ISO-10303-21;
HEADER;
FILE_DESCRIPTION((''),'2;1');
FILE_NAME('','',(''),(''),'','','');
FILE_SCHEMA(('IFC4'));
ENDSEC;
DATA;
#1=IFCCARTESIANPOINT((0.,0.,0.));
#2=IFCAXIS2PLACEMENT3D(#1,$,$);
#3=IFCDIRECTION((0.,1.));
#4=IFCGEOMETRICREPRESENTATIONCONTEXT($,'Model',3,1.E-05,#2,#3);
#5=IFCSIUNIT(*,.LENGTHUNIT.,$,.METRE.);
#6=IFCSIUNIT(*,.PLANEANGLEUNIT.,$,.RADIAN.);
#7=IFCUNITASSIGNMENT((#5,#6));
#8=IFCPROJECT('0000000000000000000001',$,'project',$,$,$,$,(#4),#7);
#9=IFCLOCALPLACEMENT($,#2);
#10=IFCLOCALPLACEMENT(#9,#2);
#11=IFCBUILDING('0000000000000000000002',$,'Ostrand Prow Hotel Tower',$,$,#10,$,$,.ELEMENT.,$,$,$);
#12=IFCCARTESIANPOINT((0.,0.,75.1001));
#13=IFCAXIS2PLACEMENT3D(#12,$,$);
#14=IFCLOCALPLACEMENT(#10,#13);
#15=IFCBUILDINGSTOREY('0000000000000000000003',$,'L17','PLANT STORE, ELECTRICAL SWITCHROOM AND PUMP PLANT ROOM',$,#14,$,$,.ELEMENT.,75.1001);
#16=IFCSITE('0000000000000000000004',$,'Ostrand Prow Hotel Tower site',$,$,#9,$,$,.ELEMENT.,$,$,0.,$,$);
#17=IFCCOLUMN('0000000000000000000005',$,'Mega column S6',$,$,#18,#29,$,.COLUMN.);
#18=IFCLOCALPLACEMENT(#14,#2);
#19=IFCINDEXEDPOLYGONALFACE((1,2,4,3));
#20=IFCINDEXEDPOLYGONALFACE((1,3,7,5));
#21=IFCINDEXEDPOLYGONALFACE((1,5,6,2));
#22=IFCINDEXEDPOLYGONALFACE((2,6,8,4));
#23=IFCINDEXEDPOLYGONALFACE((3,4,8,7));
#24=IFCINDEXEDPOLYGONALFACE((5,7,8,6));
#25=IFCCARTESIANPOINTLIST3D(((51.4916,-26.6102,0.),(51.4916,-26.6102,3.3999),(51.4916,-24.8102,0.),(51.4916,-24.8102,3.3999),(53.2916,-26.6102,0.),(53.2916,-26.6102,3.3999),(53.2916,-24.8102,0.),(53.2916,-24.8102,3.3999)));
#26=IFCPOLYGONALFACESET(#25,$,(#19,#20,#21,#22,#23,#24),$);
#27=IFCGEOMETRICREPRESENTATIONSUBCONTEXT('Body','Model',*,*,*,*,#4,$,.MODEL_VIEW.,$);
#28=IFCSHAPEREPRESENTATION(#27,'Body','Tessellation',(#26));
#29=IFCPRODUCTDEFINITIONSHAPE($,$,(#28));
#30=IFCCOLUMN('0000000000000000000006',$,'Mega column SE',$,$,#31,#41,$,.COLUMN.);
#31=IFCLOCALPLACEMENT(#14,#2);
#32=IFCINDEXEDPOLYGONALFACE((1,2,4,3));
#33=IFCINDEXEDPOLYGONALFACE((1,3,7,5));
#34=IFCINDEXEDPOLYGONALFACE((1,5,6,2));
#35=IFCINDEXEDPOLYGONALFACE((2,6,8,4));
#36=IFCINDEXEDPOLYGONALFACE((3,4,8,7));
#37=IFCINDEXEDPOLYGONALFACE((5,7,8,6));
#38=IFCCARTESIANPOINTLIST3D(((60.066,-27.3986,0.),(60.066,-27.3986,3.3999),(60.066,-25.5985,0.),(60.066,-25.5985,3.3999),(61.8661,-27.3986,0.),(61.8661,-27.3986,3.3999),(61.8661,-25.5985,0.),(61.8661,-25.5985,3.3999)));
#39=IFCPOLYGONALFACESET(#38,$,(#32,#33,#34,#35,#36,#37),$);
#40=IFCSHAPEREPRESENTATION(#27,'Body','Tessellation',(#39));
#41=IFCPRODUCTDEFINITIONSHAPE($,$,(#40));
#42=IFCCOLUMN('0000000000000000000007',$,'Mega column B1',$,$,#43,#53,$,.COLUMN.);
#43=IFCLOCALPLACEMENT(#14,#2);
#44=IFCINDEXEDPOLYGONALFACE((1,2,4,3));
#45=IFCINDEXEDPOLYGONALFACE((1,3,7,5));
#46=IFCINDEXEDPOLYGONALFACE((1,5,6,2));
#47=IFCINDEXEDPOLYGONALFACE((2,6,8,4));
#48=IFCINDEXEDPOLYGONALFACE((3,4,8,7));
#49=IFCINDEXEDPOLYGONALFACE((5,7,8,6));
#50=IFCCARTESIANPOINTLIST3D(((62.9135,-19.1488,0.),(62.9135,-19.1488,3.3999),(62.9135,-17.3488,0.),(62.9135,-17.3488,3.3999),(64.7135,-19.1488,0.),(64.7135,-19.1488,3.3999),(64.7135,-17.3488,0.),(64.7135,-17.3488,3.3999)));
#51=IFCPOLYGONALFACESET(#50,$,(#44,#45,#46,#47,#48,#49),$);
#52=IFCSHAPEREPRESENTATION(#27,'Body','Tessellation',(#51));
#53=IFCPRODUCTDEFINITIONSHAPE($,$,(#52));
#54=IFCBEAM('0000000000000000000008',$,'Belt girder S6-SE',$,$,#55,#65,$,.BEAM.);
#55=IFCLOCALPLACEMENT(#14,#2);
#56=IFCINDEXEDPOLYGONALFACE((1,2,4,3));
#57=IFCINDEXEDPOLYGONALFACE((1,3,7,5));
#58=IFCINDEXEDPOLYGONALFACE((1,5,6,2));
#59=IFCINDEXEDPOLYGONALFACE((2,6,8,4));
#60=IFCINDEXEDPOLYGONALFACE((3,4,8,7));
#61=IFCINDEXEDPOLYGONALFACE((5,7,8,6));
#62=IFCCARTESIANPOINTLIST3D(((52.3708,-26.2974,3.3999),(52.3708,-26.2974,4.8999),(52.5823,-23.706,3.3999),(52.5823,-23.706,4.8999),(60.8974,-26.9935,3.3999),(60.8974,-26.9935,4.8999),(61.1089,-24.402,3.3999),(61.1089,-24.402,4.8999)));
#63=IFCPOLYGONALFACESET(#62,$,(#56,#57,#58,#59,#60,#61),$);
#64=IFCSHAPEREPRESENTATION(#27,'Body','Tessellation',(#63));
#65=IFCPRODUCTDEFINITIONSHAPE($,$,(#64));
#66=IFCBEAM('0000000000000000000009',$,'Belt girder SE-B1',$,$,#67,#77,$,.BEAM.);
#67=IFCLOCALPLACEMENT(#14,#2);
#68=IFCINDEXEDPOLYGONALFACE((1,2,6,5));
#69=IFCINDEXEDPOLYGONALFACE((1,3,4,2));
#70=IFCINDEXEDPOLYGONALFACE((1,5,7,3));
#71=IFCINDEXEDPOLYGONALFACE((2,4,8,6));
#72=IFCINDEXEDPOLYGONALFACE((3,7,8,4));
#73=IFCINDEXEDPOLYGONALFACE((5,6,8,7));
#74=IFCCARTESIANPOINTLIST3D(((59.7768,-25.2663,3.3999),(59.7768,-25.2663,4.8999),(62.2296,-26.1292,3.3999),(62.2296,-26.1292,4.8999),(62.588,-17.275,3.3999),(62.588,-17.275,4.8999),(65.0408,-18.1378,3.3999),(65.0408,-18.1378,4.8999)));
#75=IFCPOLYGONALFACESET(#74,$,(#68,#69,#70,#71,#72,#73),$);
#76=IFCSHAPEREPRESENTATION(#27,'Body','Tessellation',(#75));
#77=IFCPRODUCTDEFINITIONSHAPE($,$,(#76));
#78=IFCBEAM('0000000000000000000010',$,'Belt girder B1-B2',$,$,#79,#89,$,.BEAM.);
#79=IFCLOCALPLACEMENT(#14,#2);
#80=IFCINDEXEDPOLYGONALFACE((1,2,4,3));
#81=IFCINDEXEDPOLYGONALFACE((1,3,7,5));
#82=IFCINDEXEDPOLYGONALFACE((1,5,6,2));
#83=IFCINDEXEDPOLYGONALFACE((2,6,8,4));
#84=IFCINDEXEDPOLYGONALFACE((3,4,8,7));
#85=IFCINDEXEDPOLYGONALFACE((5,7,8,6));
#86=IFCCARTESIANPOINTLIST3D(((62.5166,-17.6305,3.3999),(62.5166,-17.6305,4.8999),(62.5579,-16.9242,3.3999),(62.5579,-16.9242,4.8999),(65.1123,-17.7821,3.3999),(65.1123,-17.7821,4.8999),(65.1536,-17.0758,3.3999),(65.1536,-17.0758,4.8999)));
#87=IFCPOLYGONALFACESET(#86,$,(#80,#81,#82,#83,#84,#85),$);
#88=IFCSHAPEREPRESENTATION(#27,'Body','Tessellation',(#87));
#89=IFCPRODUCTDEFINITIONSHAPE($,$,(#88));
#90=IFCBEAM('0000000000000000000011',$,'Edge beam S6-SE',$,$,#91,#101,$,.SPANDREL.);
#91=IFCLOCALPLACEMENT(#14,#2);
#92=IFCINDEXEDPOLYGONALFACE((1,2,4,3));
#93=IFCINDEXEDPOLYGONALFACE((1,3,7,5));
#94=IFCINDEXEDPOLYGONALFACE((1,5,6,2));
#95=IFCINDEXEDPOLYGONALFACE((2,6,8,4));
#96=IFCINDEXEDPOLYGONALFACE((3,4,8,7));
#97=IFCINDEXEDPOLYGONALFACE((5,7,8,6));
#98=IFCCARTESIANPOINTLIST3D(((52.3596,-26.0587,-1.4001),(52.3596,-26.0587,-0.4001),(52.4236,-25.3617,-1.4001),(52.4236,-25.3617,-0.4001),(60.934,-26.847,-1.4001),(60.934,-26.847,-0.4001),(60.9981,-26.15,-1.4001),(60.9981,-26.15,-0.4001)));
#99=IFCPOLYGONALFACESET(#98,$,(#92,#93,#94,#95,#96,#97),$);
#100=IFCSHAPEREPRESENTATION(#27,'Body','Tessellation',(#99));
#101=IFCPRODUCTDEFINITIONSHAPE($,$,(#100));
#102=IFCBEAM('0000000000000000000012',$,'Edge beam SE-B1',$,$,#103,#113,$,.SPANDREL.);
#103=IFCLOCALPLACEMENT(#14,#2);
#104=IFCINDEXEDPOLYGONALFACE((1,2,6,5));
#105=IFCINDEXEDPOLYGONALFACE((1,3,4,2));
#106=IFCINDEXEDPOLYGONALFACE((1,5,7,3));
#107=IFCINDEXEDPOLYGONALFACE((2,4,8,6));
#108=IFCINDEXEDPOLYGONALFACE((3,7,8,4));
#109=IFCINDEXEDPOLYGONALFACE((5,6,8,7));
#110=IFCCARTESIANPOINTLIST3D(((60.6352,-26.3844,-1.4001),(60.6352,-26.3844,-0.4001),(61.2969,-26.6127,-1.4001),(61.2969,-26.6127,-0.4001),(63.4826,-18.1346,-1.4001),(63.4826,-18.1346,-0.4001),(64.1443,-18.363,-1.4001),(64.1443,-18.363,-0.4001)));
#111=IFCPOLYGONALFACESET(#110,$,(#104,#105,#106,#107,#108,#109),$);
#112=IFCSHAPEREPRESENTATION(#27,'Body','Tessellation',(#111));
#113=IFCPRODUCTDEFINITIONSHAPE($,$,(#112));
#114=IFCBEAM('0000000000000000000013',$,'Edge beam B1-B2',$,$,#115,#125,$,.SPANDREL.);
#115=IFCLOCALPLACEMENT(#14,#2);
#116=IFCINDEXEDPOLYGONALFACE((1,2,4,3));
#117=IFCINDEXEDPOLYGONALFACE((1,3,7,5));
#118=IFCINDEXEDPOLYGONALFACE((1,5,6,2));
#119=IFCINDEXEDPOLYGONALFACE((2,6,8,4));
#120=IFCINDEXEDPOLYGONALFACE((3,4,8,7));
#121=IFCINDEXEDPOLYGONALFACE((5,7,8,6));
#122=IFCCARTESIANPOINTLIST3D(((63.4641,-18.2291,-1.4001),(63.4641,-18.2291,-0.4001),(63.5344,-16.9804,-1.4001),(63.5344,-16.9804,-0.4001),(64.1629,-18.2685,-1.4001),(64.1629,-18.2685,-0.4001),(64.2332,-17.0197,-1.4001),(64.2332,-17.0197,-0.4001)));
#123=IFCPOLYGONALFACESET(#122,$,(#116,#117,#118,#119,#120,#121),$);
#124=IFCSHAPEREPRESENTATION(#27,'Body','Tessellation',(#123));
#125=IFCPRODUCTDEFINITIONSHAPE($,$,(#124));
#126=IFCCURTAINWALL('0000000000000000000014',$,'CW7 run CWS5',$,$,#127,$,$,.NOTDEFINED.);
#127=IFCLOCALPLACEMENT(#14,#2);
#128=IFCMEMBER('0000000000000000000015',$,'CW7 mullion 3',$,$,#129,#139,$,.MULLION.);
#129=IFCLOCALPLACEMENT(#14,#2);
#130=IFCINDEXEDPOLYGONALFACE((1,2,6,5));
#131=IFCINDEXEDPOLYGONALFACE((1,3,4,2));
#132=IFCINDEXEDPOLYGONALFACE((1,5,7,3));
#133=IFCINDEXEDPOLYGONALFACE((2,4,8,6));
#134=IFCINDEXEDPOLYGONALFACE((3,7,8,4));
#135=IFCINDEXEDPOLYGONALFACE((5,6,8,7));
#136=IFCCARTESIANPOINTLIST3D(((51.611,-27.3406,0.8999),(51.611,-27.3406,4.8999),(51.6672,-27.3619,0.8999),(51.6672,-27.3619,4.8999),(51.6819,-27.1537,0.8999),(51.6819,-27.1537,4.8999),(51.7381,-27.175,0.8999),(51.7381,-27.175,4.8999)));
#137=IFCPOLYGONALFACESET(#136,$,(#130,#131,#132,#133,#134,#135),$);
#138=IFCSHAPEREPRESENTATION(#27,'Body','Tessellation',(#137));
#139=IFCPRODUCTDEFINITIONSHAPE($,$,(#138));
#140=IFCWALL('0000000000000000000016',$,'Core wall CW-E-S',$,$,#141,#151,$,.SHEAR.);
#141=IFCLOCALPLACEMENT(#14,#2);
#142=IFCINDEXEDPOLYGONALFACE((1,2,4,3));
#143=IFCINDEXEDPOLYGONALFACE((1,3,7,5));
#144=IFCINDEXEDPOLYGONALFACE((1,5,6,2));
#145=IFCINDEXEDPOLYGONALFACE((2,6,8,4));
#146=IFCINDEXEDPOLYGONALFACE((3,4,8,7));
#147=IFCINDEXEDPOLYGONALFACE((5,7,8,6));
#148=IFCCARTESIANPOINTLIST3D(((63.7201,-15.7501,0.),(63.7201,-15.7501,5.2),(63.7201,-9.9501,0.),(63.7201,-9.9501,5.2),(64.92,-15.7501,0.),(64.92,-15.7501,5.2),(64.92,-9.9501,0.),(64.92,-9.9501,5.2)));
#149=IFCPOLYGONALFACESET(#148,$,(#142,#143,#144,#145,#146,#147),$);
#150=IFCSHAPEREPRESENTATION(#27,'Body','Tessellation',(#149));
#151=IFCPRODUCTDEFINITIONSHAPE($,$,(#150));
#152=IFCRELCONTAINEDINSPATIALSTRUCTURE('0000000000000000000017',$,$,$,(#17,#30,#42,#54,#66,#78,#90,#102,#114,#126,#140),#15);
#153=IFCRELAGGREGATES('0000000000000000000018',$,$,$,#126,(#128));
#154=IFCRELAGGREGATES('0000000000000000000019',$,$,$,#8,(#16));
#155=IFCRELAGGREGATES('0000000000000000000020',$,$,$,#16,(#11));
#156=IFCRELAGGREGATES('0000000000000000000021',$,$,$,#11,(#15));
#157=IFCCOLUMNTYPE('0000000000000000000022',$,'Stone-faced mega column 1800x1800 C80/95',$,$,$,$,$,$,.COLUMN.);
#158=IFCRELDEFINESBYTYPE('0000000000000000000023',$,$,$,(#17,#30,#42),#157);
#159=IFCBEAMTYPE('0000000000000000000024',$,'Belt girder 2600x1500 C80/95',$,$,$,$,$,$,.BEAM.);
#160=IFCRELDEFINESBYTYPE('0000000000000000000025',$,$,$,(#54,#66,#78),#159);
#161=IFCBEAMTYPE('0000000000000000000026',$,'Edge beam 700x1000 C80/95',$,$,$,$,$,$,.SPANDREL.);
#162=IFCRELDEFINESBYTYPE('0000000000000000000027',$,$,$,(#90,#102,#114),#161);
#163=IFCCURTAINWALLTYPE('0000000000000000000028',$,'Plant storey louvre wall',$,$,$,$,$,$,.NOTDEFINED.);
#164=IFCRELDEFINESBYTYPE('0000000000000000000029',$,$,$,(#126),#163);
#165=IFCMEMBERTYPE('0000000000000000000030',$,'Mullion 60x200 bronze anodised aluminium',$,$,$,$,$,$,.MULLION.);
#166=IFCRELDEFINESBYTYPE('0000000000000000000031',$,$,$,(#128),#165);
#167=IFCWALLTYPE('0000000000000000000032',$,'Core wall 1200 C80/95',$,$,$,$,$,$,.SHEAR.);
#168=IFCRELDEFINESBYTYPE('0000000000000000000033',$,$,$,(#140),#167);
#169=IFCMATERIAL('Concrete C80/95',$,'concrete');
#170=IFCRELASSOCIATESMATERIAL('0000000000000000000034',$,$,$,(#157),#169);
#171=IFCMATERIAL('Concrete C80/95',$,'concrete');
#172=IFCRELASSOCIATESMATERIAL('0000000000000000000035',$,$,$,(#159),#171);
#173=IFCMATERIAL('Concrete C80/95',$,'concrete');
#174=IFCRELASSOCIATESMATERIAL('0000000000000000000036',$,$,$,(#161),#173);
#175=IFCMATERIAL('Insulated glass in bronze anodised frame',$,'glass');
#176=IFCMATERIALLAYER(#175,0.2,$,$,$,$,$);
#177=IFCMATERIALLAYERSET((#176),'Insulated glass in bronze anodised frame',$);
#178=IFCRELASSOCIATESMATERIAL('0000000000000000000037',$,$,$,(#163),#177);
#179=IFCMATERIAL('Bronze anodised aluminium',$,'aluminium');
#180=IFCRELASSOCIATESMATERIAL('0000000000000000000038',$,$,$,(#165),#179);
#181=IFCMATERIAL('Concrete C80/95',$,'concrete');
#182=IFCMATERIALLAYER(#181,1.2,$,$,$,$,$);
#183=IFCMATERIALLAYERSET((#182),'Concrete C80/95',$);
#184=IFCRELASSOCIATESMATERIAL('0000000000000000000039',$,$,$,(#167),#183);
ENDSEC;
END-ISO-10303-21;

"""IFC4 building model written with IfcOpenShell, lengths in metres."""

from ifc_helpers import new_model, si_unit, direction, frame, frame_2d, origin, origin_2d, place, context, subcontext, project, spatial, rectangle, extrude, material, layer, layer_set, material_profile, profile_set, type_object, element, aggregate, save


model = new_model("IFC4")

# Units and contexts
model_context = context("Model", 3, precision=1e-05, world=origin(), true_north=direction((0.0, 1.0)))
body_context = subcontext(model_context, "Body", "Model", "MODEL_VIEW")
ifc_project = project(units=[si_unit("LENGTHUNIT", "METRE"), si_unit("PLANEANGLEUNIT", "RADIAN")], contexts=[model_context])

# Site, building, storey
site_placement = place(None, origin())
site = spatial("IfcSite", under=ifc_project, at=site_placement, Name="Ostrand Prow Hotel Tower site", CompositionType="ELEMENT", RefElevation=0.0)
building_placement = place(site_placement, origin())
building = spatial("IfcBuilding", under=site, at=building_placement, Name="Ostrand Prow Hotel Tower", CompositionType="ELEMENT")
storey_placement = place(building_placement, frame((0.0, 0.0, 75.1001)))
storey = spatial("IfcBuildingStorey", under=building, at=storey_placement, Name="L17", Description="PLANT STORE, ELECTRICAL SWITCHROOM AND PUMP PLANT ROOM", CompositionType="ELEMENT", Elevation=75.1001)

# Columns
ifc_material_1 = material(Name="Concrete C80/95", Category="concrete")
ifc_material_profile_1 = material_profile(ifc_material_1, rectangle(XDim=1.8, YDim=1.8, at=origin_2d()), Name="RC 1800x1800")
ifc_profile_set_1 = profile_set([ifc_material_profile_1], Name="Concrete C80/95")
column_type = type_object("IfcColumnType", Name="Stone-faced mega column 1800x1800 C80/95", PredefinedType="COLUMN", material=ifc_profile_set_1)
for number, where, z_axis, x_axis, name in (
    (1, (52.3916, -25.7102, 0.0), (0.0, 0.0, 1.0), (1.0, 0.0, 0.0), "Mega column S6"),
    (2, (60.9661, -26.4985, 0.0), (0.0, 0.0, 1.0), (1.0, 0.0, 0.0), "Mega column SE"),
    (3, (63.8135, -18.2488, 0.0), (0.0, 0.0, 1.0), (1.0, 0.0, 0.0), "Mega column B1"),
):
    element("IfcColumn", number, at=place(storey_placement, frame(where, z_axis=z_axis, x_axis=x_axis)), inside=storey, type_object=column_type, Name=name, PredefinedType="COLUMN", context=body_context, shape_type="SweptSolid", body=[
        extrude(rectangle(XDim=1.8, YDim=1.8, at=origin_2d()), origin(), (0.0, 0.0, 1.0), 3.3999),
    ])

# Beams
ifc_material_2 = material(Name="Concrete C80/95", Category="concrete")
ifc_material_profile_2 = material_profile(ifc_material_2, rectangle(XDim=2.6001, YDim=1.5, at=origin_2d()), Name="RC 2600x1500")
ifc_profile_set_2 = profile_set([ifc_material_profile_2], Name="Concrete C80/95")
beam_type_1 = type_object("IfcBeamType", Name="Belt girder 2600x1500 C80/95", PredefinedType="BEAM", material=ifc_profile_set_2)
beam_1_placement = place(storey_placement, frame((52.4766, -25.0017, 4.1499), z_axis=(0.996685, -0.081361, 0.0), x_axis=(0.081361, 0.996685, 0.0)))
element("IfcBeam", 4, at=beam_1_placement, inside=storey, type_object=beam_type_1, Name="Belt girder S6-SE", PredefinedType="BEAM", context=body_context, shape_type="SweptSolid", body=[
    extrude(rectangle(XDim=2.6001, YDim=1.5, at=origin_2d()), origin(), (0.0, 0.0, 1.0), 8.5549),
])
beam_2_placement = place(storey_placement, frame((61.0032, -25.6978, 4.1499), z_axis=(0.331851, 0.943332, 0.0), x_axis=(-0.943332, 0.331851, 0.0)))
element("IfcBeam", 5, at=beam_2_placement, inside=storey, type_object=beam_type_1, Name="Belt girder SE-B1", PredefinedType="BEAM", context=body_context, shape_type="SweptSolid", body=[
    extrude(rectangle(XDim=2.6001, YDim=1.5, at=origin_2d()), origin(), (0.0, 0.0, 1.0), 8.4714),
])
beam_3_placement = place(storey_placement, frame((63.8145, -17.7063, 4.1499), z_axis=(0.058317, 0.998298, 0.0), x_axis=(-0.998298, 0.058317, 0.0)))
element("IfcBeam", 6, at=beam_3_placement, inside=storey, type_object=beam_type_1, Name="Belt girder B1-B2", PredefinedType="BEAM", context=body_context, shape_type="SweptSolid", body=[
    extrude(rectangle(XDim=2.6001, YDim=1.5, at=origin_2d()), origin(), (0.0, 0.0, 1.0), 0.7075),
])
ifc_material_3 = material(Name="Concrete C80/95", Category="concrete")
ifc_material_profile_3 = material_profile(ifc_material_3, rectangle(XDim=0.7, YDim=1.0, at=origin_2d()), Name="RC 700x1000")
ifc_profile_set_3 = profile_set([ifc_material_profile_3], Name="Concrete C80/95")
beam_type_2 = type_object("IfcBeamType", Name="Edge beam 700x1000 C80/95", PredefinedType="SPANDREL", material=ifc_profile_set_3)
beam_4_placement = place(storey_placement, frame((52.3916, -25.7102, -0.9001), z_axis=(0.9958, -0.091553, 0.0), x_axis=(0.091553, 0.9958, 0.0)))
element("IfcBeam", 7, at=beam_4_placement, inside=storey, type_object=beam_type_2, Name="Edge beam S6-SE", PredefinedType="SPANDREL", context=body_context, shape_type="SweptSolid", body=[
    extrude(rectangle(XDim=0.7, YDim=1.0, at=origin_2d()), origin(), (0.0, 0.0, 1.0), 8.6106),
])
beam_5_placement = place(storey_placement, frame((60.9661, -26.4985, -0.9001), z_axis=(0.326264, 0.945279, 0.0), x_axis=(-0.945279, 0.326264, 0.0)))
element("IfcBeam", 8, at=beam_5_placement, inside=storey, type_object=beam_type_2, Name="Edge beam SE-B1", PredefinedType="SPANDREL", context=body_context, shape_type="SweptSolid", body=[
    extrude(rectangle(XDim=0.7, YDim=1.0, at=origin_2d()), origin(), (0.0, 0.0, 1.0), 8.7273),
])
beam_6_placement = place(storey_placement, frame((63.8135, -18.2488, -0.9001), z_axis=(0.056216, 0.998419, 0.0), x_axis=(-0.998419, 0.056216, 0.0)))
element("IfcBeam", 9, at=beam_6_placement, inside=storey, type_object=beam_type_2, Name="Edge beam B1-B2", PredefinedType="SPANDREL", context=body_context, shape_type="SweptSolid", body=[
    extrude(rectangle(XDim=0.7, YDim=1.0, at=origin_2d()), origin(), (0.0, 0.0, 1.0), 1.2507),
])

# Curtain wall, member
ifc_material_4 = material(Name="Insulated glass in bronze anodised frame", Category="glass")
ifc_layer_1 = layer(ifc_material_4, 0.2)
ifc_layer_set_1 = layer_set([ifc_layer_1], Name="Insulated glass in bronze anodised frame")
curtain_wall_type = type_object("IfcCurtainWallType", Name="Plant storey louvre wall", PredefinedType="NOTDEFINED", material=ifc_layer_set_1)
curtain_wall_placement = place(storey_placement, origin())
curtain_wall = element("IfcCurtainWall", 10, at=curtain_wall_placement, inside=storey, type_object=curtain_wall_type, Name="CW7 run CWS5", PredefinedType="NOTDEFINED")
ifc_material_5 = material(Name="Bronze anodised aluminium", Category="aluminium")
ifc_material_profile_4 = material_profile(ifc_material_5, rectangle(XDim=0.2, YDim=0.0601, at=origin_2d()), Name="Mullion 60x200 bronze anodised aluminium")
ifc_profile_set_4 = profile_set([ifc_material_profile_4], Name="Bronze anodised aluminium")
member_type = type_object("IfcMemberType", Name="Mullion 60x200 bronze anodised aluminium", PredefinedType="MULLION", material=ifc_profile_set_4)
member_placement = place(storey_placement, frame((51.6746, -27.2578, 0.8999), z_axis=(0.0, 0.0, 1.0), x_axis=(0.354728, 0.934969, 0.0)))
member = element("IfcMember", 11, at=member_placement, type_object=member_type, Name="CW7 mullion 3", PredefinedType="MULLION", context=body_context, shape_type="SweptSolid", body=[
    extrude(rectangle(XDim=0.2, YDim=0.0601, at=origin_2d()), origin(), (0.0, 0.0, 1.0), 4.0),
])
aggregate(curtain_wall, [member])

# Wall
ifc_material_6 = material(Name="Concrete C80/95", Category="concrete")
ifc_layer_2 = layer(ifc_material_6, 1.2)
ifc_layer_set_2 = layer_set([ifc_layer_2], Name="Concrete C80/95")
wall_type_1 = type_object("IfcWallType", Name="Core wall 1200 C80/95", PredefinedType="SHEAR", material=ifc_layer_set_2)
wall_1_placement = place(storey_placement, frame((64.3201, -15.75, 0.0), z_axis=(0.0, 0.0, 1.0), x_axis=(0.0, 1.0, 0.0)))
element("IfcWall", 12, at=wall_1_placement, inside=storey, type_object=wall_type_1, Name="Core wall CW-E-S", PredefinedType="SHEAR", context=body_context, shape_type="SweptSolid", body=[
    extrude(rectangle(XDim=5.8, YDim=1.2, at=frame_2d((2.8999, 0.0))), origin(), (0.0, 0.0, 1.0), 5.2),
])

save(model, "model.ifc")
